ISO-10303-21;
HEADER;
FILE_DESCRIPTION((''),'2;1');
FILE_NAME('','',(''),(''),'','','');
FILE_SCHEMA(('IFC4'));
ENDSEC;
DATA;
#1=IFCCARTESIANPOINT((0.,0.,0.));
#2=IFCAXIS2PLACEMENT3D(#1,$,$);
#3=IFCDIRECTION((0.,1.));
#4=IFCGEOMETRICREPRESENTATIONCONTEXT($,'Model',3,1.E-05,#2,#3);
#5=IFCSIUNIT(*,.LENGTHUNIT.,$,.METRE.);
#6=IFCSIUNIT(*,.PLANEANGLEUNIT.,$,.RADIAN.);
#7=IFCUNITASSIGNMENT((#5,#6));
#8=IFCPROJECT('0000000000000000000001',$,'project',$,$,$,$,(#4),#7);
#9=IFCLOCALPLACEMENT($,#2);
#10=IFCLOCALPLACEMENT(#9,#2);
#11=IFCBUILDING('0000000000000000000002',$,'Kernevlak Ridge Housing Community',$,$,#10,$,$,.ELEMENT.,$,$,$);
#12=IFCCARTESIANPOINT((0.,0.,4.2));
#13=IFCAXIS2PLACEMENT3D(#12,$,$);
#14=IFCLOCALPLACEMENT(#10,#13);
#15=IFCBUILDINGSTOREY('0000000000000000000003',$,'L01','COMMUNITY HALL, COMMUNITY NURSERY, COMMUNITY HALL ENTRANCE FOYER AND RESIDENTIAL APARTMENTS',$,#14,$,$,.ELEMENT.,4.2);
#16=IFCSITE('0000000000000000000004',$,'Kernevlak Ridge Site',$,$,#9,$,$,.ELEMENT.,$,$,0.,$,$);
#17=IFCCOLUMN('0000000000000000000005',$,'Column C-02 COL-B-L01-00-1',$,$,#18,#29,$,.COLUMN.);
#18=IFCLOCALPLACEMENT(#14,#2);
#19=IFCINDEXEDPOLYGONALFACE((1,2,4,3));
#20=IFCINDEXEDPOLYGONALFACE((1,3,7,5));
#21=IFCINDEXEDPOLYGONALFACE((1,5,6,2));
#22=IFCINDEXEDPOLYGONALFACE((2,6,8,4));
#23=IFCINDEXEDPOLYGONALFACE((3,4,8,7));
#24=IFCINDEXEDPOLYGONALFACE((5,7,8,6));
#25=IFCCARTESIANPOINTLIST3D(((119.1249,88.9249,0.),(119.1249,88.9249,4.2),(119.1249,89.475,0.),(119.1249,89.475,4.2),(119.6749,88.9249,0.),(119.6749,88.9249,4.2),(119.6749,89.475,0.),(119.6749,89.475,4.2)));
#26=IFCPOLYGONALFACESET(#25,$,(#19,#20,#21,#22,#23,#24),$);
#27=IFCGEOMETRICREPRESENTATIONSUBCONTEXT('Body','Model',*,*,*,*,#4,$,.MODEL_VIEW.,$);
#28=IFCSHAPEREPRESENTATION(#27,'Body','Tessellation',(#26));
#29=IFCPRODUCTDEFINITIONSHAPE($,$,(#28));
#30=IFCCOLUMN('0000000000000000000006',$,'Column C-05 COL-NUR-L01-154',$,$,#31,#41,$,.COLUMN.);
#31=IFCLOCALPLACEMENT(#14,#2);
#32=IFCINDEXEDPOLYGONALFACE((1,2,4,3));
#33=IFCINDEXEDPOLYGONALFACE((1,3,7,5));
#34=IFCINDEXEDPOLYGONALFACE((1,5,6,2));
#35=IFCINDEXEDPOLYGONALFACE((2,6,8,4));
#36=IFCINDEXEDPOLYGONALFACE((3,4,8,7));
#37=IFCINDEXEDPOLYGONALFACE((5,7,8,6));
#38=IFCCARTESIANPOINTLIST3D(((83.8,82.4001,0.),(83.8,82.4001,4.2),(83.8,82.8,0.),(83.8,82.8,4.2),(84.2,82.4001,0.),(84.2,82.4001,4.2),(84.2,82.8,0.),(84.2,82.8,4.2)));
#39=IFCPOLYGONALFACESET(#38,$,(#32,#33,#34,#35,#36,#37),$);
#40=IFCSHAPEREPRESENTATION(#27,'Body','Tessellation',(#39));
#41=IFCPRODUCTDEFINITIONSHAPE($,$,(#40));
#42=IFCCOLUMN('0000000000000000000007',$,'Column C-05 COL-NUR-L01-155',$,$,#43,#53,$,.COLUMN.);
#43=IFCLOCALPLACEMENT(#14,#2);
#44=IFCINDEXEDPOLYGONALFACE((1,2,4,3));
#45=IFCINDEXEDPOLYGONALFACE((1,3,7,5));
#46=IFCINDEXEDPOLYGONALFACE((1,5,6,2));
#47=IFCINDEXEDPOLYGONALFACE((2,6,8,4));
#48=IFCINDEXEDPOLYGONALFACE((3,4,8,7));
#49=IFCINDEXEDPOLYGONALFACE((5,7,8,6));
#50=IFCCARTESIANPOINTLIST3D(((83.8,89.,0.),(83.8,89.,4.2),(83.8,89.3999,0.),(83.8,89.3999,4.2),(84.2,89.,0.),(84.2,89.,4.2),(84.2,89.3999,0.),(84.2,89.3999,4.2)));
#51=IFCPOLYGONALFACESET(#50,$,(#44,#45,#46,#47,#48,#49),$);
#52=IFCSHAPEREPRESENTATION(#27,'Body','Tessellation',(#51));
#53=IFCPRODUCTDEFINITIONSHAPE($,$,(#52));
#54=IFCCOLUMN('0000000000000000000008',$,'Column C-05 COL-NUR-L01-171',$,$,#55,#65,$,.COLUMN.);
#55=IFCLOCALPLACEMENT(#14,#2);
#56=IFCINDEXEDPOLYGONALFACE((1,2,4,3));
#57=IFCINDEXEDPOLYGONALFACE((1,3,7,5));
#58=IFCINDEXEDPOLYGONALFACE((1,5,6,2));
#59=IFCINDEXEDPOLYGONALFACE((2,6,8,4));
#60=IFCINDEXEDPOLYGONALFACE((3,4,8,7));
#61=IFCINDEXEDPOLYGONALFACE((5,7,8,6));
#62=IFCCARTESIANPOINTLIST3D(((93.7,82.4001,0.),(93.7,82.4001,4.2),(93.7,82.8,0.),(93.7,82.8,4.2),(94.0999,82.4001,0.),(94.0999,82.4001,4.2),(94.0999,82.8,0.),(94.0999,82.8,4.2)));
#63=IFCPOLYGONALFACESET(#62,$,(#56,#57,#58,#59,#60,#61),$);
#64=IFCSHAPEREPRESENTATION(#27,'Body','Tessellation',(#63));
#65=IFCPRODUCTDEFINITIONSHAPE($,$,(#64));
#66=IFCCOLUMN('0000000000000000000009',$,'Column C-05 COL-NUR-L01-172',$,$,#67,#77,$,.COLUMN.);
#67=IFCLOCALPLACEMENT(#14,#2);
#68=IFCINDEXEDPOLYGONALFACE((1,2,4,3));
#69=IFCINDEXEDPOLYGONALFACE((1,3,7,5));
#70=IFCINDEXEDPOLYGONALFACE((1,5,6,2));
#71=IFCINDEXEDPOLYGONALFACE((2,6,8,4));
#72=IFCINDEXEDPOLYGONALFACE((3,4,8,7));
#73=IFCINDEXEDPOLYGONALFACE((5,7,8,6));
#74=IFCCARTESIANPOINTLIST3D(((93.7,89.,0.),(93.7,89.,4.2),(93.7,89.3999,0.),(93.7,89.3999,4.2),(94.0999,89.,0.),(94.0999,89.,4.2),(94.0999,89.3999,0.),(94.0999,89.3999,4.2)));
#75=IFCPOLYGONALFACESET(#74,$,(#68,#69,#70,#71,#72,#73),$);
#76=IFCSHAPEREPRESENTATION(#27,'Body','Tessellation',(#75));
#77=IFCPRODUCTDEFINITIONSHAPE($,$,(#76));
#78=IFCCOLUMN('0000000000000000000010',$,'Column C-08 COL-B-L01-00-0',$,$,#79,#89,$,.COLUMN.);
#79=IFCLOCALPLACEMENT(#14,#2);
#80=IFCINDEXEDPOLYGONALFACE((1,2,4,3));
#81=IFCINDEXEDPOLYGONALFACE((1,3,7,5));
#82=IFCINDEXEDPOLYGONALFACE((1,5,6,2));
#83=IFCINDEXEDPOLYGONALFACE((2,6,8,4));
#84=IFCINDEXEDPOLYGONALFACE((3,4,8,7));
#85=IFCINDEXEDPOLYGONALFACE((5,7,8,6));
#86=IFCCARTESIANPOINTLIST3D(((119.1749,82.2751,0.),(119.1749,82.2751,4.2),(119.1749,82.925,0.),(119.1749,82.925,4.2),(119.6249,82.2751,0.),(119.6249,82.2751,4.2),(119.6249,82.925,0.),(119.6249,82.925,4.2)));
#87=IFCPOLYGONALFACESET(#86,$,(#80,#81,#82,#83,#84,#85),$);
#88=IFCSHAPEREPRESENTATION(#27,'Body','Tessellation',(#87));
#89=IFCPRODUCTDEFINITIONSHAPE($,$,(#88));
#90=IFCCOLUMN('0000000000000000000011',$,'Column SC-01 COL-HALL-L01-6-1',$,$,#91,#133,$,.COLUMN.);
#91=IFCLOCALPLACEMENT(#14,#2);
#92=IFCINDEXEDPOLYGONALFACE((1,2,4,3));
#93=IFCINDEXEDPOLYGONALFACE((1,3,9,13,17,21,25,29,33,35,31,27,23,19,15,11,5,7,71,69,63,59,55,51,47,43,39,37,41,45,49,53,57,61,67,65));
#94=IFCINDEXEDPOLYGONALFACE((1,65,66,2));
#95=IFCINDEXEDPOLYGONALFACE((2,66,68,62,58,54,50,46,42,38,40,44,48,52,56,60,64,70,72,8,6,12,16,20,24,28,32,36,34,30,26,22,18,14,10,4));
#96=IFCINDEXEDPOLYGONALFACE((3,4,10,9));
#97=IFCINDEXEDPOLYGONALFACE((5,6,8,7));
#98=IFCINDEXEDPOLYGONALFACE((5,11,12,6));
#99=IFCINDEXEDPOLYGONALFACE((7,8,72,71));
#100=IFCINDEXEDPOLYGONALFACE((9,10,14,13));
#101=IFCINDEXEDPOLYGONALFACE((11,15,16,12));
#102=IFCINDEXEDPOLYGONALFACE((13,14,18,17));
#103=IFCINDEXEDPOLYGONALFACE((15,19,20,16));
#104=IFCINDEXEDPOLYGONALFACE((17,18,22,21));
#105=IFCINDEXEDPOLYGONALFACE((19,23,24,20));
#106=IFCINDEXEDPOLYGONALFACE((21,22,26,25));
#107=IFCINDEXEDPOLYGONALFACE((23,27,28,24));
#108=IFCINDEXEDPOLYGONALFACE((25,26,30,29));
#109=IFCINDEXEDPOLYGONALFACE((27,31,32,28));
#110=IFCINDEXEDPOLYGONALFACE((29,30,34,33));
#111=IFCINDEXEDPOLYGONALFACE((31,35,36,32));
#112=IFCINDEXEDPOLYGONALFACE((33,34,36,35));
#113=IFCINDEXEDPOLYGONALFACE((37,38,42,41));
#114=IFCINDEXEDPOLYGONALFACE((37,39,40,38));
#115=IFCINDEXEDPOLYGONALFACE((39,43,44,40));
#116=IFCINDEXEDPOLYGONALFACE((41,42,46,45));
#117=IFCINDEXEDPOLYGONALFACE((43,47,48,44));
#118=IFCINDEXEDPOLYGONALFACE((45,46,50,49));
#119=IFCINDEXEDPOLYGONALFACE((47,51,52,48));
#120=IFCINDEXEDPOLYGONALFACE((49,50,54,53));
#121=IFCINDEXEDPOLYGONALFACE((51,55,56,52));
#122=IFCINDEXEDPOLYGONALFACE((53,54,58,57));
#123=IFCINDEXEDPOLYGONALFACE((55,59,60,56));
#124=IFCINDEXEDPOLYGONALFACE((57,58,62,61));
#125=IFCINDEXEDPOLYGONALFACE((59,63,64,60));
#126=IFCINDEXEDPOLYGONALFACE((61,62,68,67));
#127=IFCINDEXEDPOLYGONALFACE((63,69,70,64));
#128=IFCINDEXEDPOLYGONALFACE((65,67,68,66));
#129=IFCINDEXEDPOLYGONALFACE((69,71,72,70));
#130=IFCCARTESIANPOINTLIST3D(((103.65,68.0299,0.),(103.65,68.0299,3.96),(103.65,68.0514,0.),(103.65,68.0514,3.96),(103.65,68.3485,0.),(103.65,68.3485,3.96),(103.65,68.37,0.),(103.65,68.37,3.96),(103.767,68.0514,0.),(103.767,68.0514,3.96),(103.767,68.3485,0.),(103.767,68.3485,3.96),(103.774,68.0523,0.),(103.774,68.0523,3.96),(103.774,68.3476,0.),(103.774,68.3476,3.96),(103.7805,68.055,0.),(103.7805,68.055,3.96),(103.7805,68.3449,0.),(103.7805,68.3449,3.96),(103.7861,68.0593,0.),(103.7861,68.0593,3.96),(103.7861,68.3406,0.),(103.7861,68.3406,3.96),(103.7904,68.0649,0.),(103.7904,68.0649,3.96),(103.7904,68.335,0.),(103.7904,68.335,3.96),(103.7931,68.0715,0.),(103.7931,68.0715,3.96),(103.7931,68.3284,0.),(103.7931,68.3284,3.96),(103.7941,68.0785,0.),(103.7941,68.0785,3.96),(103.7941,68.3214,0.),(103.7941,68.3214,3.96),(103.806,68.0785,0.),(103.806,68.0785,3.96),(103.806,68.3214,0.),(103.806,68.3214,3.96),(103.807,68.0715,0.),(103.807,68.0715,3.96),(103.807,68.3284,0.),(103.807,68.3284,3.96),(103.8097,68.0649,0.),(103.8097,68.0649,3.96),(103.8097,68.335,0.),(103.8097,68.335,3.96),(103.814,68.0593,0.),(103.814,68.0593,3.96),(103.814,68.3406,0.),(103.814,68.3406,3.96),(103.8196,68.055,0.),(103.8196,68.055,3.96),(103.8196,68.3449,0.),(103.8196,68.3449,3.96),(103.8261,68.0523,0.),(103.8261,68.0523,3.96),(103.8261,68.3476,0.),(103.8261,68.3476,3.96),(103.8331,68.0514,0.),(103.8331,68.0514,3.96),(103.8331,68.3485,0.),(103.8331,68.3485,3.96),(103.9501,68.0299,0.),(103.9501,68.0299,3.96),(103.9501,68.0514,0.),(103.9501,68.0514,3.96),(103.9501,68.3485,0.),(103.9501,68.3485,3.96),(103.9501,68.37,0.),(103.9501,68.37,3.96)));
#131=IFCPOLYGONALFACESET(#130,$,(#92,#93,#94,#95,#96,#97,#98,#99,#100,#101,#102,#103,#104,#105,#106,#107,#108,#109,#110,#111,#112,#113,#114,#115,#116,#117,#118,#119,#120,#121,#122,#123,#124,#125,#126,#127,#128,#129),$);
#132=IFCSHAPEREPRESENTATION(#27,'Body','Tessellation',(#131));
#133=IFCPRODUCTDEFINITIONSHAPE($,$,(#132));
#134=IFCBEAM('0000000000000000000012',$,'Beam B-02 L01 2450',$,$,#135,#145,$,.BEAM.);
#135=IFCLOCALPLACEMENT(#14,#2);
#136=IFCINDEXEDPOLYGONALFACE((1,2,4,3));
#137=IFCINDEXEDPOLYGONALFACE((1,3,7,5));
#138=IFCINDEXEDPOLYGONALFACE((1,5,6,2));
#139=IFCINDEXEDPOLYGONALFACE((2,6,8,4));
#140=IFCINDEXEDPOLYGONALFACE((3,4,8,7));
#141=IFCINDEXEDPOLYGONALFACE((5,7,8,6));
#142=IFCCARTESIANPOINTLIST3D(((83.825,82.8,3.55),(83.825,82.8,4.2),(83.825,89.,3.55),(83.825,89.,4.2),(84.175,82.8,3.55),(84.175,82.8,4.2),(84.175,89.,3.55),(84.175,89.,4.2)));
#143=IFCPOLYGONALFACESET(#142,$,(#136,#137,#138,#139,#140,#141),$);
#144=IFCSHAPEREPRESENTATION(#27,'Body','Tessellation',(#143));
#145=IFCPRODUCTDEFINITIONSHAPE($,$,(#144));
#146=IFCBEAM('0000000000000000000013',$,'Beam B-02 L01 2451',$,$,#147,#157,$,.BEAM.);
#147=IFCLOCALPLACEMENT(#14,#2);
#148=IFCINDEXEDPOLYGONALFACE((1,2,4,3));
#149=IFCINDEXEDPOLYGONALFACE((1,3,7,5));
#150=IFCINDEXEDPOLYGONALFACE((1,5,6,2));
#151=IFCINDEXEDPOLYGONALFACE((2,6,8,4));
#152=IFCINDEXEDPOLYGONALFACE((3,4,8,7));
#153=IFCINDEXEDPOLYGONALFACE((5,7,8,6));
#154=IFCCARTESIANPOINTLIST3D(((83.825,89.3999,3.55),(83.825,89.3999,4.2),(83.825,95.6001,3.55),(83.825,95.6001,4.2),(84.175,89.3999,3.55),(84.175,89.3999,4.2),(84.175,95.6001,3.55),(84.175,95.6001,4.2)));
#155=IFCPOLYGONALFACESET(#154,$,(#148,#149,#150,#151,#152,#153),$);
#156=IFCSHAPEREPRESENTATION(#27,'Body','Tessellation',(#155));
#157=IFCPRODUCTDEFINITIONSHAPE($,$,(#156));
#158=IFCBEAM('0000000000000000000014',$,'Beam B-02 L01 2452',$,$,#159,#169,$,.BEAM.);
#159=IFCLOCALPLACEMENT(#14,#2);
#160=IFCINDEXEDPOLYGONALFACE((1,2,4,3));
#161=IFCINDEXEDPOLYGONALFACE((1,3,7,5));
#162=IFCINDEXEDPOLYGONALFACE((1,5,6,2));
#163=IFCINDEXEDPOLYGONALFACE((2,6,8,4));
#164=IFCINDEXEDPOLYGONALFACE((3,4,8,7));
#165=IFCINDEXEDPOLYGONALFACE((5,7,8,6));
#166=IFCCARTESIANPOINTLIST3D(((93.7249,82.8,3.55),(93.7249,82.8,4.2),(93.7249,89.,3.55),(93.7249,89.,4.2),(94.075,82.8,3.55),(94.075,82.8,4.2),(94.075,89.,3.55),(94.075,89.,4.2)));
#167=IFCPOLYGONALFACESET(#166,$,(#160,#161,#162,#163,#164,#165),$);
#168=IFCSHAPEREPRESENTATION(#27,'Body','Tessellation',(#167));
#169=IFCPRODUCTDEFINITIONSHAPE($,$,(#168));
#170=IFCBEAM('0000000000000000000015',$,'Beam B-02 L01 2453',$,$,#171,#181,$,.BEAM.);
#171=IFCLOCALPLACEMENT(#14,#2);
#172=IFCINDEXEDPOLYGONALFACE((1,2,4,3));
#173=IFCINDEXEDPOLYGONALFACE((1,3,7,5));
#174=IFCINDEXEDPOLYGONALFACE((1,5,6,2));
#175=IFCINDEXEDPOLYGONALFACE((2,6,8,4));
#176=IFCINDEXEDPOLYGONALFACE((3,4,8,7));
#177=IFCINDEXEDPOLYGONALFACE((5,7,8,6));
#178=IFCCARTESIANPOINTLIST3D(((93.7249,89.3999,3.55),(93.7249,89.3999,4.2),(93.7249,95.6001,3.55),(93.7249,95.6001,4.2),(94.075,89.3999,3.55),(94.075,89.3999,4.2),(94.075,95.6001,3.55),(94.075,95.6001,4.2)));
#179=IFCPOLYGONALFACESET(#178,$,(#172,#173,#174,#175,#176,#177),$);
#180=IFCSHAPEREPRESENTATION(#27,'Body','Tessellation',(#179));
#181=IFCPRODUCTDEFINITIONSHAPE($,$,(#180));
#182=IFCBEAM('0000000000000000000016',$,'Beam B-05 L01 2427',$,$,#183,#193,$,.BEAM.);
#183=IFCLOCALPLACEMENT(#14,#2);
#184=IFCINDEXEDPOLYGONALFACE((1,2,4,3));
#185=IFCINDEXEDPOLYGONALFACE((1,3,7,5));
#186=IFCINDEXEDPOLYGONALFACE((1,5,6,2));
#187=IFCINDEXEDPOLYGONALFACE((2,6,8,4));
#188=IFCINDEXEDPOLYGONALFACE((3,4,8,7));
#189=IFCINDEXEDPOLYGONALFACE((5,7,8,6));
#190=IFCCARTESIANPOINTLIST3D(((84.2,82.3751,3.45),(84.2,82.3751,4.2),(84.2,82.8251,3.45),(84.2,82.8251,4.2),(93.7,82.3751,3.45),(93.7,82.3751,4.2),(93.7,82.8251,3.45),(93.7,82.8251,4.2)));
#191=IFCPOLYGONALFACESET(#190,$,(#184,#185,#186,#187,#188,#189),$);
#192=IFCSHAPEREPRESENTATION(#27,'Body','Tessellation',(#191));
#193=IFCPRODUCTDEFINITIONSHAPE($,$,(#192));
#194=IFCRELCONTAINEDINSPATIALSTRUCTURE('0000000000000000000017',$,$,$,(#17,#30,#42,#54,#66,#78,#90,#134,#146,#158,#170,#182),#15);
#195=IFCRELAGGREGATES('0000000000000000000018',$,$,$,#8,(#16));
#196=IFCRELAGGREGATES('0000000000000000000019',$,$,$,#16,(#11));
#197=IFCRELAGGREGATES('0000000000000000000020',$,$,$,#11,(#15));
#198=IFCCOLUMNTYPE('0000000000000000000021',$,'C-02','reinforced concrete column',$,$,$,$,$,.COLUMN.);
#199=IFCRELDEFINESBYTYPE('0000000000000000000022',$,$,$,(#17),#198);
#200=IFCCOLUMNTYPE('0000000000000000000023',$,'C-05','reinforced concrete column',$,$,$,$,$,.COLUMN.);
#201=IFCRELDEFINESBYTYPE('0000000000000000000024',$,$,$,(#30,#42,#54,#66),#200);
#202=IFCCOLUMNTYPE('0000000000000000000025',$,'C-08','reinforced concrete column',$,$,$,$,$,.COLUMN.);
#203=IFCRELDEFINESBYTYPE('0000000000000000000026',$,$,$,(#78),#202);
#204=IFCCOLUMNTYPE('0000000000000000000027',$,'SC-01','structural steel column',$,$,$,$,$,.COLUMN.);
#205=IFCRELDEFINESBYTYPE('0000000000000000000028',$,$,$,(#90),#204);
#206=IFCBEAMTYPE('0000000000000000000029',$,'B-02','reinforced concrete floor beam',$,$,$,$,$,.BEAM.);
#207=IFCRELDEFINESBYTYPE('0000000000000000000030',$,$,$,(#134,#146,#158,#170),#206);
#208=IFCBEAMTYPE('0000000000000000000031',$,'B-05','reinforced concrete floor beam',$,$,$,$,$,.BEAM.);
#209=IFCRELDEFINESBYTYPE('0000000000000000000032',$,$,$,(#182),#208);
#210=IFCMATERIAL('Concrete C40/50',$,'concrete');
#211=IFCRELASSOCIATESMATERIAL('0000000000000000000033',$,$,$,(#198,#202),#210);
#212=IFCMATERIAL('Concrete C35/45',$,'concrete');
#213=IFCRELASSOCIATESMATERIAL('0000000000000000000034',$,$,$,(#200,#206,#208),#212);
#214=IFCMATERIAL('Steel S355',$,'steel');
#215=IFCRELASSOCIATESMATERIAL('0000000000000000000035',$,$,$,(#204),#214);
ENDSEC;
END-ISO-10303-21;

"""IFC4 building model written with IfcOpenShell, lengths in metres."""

from ifc_helpers import new_model, si_unit, direction, frame, origin, origin_2d, place, context, subcontext, project, spatial, rectangle, i_section, extrude, material, material_profile, profile_set, type_object, element, save


model = new_model("IFC4")

# Units and contexts
model_context = context("Model", 3, precision=1e-05, world=origin(), true_north=direction((0.0, 1.0)))
body_context = subcontext(model_context, "Body", "Model", "MODEL_VIEW")
ifc_project = project(units=[si_unit("LENGTHUNIT", "METRE"), si_unit("PLANEANGLEUNIT", "RADIAN")], contexts=[model_context])

# Site, building, storey
site_placement = place(None, origin())
site = spatial("IfcSite", under=ifc_project, at=site_placement, Name="Kernevlak Ridge Site", CompositionType="ELEMENT", RefElevation=0.0)
building_placement = place(site_placement, origin())
building = spatial("IfcBuilding", under=site, at=building_placement, Name="Kernevlak Ridge Housing Community", CompositionType="ELEMENT")
storey_placement = place(building_placement, frame((0.0, 0.0, 4.2)))
storey = spatial("IfcBuildingStorey", under=building, at=storey_placement, Name="L01", Description="COMMUNITY HALL, COMMUNITY NURSERY, COMMUNITY HALL ENTRANCE FOYER AND RESIDENTIAL APARTMENTS", CompositionType="ELEMENT", Elevation=4.2)

# Columns
ifc_material_1 = material(Name="Concrete C40/50", Category="concrete")
ifc_material_profile_1 = material_profile(ifc_material_1, rectangle(XDim=0.55, YDim=0.55, at=origin_2d()), Name="RC 550x550")
ifc_profile_set_1 = profile_set([ifc_material_profile_1], Name="Concrete C40/50")
column_type_1 = type_object("IfcColumnType", Name="C-02", Description="reinforced concrete column", PredefinedType="COLUMN", material=ifc_profile_set_1)
column_1_placement = place(storey_placement, frame((119.3999, 89.2, 0.0), z_axis=(0.0, 0.0, 1.0), x_axis=(1.0, 0.0, 0.0)))
element("IfcColumn", 1, at=column_1_placement, inside=storey, type_object=column_type_1, Name="Column C-02 COL-B-L01-00-1", PredefinedType="COLUMN", context=body_context, shape_type="SweptSolid", body=[
    extrude(rectangle(XDim=0.55, YDim=0.55, at=origin_2d()), origin(), (0.0, 0.0, 1.0), 4.2),
])
ifc_material_2 = material(Name="Concrete C35/45", Category="concrete")
ifc_material_profile_2 = material_profile(ifc_material_2, rectangle(XDim=0.3999, YDim=0.3999, at=origin_2d()), Name="RC 400x400")
ifc_profile_set_2 = profile_set([ifc_material_profile_2], Name="Concrete C35/45")
column_type_2 = type_object("IfcColumnType", Name="C-05", Description="reinforced concrete column", PredefinedType="COLUMN", material=ifc_profile_set_2)
for number, where, z_axis, x_axis, name in (
    (2, (84.0, 82.6001, 0.0), (0.0, 0.0, 1.0), (1.0, 0.0, 0.0), "Column C-05 COL-NUR-L01-154"),
    (3, (84.0, 89.2, 0.0), (0.0, 0.0, 1.0), (1.0, 0.0, 0.0), "Column C-05 COL-NUR-L01-155"),
    (4, (93.8999, 82.6001, 0.0), (0.0, 0.0, 1.0), (1.0, 0.0, 0.0), "Column C-05 COL-NUR-L01-171"),
    (5, (93.8999, 89.2, 0.0), (0.0, 0.0, 1.0), (1.0, 0.0, 0.0), "Column C-05 COL-NUR-L01-172"),
):
    element("IfcColumn", number, at=place(storey_placement, frame(where, z_axis=z_axis, x_axis=x_axis)), inside=storey, type_object=column_type_2, Name=name, PredefinedType="COLUMN", context=body_context, shape_type="SweptSolid", body=[
        extrude(rectangle(XDim=0.3999, YDim=0.3999, at=origin_2d()), origin(), (0.0, 0.0, 1.0), 4.2),
    ])
ifc_material_profile_3 = material_profile(ifc_material_1, rectangle(XDim=0.45, YDim=0.6499, at=origin_2d()), Name="RC 450x650")
ifc_profile_set_3 = profile_set([ifc_material_profile_3], Name="Concrete C40/50")
column_type_3 = type_object("IfcColumnType", Name="C-08", Description="reinforced concrete column", PredefinedType="COLUMN", material=ifc_profile_set_3)
column_2_placement = place(storey_placement, frame((119.3999, 82.6001, 0.0), z_axis=(0.0, 0.0, 1.0), x_axis=(1.0, 0.0, 0.0)))
element("IfcColumn", 6, at=column_2_placement, inside=storey, type_object=column_type_3, Name="Column C-08 COL-B-L01-00-0", PredefinedType="COLUMN", context=body_context, shape_type="SweptSolid", body=[
    extrude(rectangle(XDim=0.45, YDim=0.6499, at=origin_2d()), origin(), (0.0, 0.0, 1.0), 4.2),
])
ifc_material_3 = material(Name="Steel S355", Category="steel")
ifc_material_profile_4 = material_profile(ifc_material_3, i_section(OverallWidth=0.3, OverallDepth=0.3401, WebThickness=0.012, FlangeThickness=0.0215, FilletRadius=0.0271, at=origin_2d()), Name="HEB 340")
ifc_profile_set_4 = profile_set([ifc_material_profile_4], Name="Steel S355")
column_type_4 = type_object("IfcColumnType", Name="SC-01", Description="structural steel column", PredefinedType="COLUMN", material=ifc_profile_set_4)
column_3_placement = place(storey_placement, frame((103.8, 68.2, 0.0), z_axis=(0.0, 0.0, 1.0), x_axis=(1.0, 0.0, 0.0)))
element("IfcColumn", 7, at=column_3_placement, inside=storey, type_object=column_type_4, Name="Column SC-01 COL-HALL-L01-6-1", PredefinedType="COLUMN", context=body_context, shape_type="SweptSolid", body=[
    extrude(i_section(OverallWidth=0.3, OverallDepth=0.3401, WebThickness=0.012, FlangeThickness=0.0215, FilletRadius=0.0271, at=origin_2d()), origin(), (0.0, 0.0, 1.0), 3.96),
])

# Beams
ifc_material_profile_5 = material_profile(ifc_material_2, rectangle(XDim=0.3501, YDim=0.6499, at=origin_2d()), Name="RC 350x650")
ifc_profile_set_5 = profile_set([ifc_material_profile_5], Name="Concrete C35/45")
beam_type_1 = type_object("IfcBeamType", Name="B-02", Description="reinforced concrete floor beam", PredefinedType="BEAM", material=ifc_profile_set_5)
beam_1_placement = place(storey_placement, frame((84.0, 82.8, 3.875), z_axis=(0.0, 1.0, 0.0), x_axis=(-1.0, 0.0, 0.0)))
element("IfcBeam", 8, at=beam_1_placement, inside=storey, type_object=beam_type_1, Name="Beam B-02 L01 2450", PredefinedType="BEAM", context=body_context, shape_type="SweptSolid", body=[
    extrude(rectangle(XDim=0.3501, YDim=0.6499, at=origin_2d()), origin(), (0.0, 0.0, 1.0), 6.2),
])
beam_2_placement = place(storey_placement, frame((84.0, 89.3999, 3.875), z_axis=(0.0, 1.0, 0.0), x_axis=(-1.0, 0.0, 0.0)))
element("IfcBeam", 9, at=beam_2_placement, inside=storey, type_object=beam_type_1, Name="Beam B-02 L01 2451", PredefinedType="BEAM", context=body_context, shape_type="SweptSolid", body=[
    extrude(rectangle(XDim=0.3501, YDim=0.6499, at=origin_2d()), origin(), (0.0, 0.0, 1.0), 6.2002),
])
beam_3_placement = place(storey_placement, frame((93.8999, 82.8, 3.875), z_axis=(0.0, 1.0, 0.0), x_axis=(-1.0, 0.0, 0.0)))
element("IfcBeam", 10, at=beam_3_placement, inside=storey, type_object=beam_type_1, Name="Beam B-02 L01 2452", PredefinedType="BEAM", context=body_context, shape_type="SweptSolid", body=[
    extrude(rectangle(XDim=0.3501, YDim=0.6499, at=origin_2d()), origin(), (0.0, 0.0, 1.0), 6.2),
])
beam_4_placement = place(storey_placement, frame((93.8999, 89.3999, 3.875), z_axis=(0.0, 1.0, 0.0), x_axis=(-1.0, 0.0, 0.0)))
element("IfcBeam", 11, at=beam_4_placement, inside=storey, type_object=beam_type_1, Name="Beam B-02 L01 2453", PredefinedType="BEAM", context=body_context, shape_type="SweptSolid", body=[
    extrude(rectangle(XDim=0.3501, YDim=0.6499, at=origin_2d()), origin(), (0.0, 0.0, 1.0), 6.2002),
])
ifc_material_profile_6 = material_profile(ifc_material_2, rectangle(XDim=0.45, YDim=0.75, at=origin_2d()), Name="RC 450x750")
ifc_profile_set_6 = profile_set([ifc_material_profile_6], Name="Concrete C35/45")
beam_type_2 = type_object("IfcBeamType", Name="B-05", Description="reinforced concrete floor beam", PredefinedType="BEAM", material=ifc_profile_set_6)
for number, where, z_axis, x_axis, name in (
    (12, (84.2, 82.6001, 3.825), (1.0, 0.0, 0.0), (0.0, 1.0, 0.0), "Beam B-05 L01 2427"),
):
    element("IfcBeam", number, at=place(storey_placement, frame(where, z_axis=z_axis, x_axis=x_axis)), inside=storey, type_object=beam_type_2, Name=name, PredefinedType="BEAM", context=body_context, shape_type="SweptSolid", body=[
        extrude(rectangle(XDim=0.45, YDim=0.75, at=origin_2d()), origin(), (0.0, 0.0, 1.0), 9.5),
    ])

save(model, "model.ifc")
